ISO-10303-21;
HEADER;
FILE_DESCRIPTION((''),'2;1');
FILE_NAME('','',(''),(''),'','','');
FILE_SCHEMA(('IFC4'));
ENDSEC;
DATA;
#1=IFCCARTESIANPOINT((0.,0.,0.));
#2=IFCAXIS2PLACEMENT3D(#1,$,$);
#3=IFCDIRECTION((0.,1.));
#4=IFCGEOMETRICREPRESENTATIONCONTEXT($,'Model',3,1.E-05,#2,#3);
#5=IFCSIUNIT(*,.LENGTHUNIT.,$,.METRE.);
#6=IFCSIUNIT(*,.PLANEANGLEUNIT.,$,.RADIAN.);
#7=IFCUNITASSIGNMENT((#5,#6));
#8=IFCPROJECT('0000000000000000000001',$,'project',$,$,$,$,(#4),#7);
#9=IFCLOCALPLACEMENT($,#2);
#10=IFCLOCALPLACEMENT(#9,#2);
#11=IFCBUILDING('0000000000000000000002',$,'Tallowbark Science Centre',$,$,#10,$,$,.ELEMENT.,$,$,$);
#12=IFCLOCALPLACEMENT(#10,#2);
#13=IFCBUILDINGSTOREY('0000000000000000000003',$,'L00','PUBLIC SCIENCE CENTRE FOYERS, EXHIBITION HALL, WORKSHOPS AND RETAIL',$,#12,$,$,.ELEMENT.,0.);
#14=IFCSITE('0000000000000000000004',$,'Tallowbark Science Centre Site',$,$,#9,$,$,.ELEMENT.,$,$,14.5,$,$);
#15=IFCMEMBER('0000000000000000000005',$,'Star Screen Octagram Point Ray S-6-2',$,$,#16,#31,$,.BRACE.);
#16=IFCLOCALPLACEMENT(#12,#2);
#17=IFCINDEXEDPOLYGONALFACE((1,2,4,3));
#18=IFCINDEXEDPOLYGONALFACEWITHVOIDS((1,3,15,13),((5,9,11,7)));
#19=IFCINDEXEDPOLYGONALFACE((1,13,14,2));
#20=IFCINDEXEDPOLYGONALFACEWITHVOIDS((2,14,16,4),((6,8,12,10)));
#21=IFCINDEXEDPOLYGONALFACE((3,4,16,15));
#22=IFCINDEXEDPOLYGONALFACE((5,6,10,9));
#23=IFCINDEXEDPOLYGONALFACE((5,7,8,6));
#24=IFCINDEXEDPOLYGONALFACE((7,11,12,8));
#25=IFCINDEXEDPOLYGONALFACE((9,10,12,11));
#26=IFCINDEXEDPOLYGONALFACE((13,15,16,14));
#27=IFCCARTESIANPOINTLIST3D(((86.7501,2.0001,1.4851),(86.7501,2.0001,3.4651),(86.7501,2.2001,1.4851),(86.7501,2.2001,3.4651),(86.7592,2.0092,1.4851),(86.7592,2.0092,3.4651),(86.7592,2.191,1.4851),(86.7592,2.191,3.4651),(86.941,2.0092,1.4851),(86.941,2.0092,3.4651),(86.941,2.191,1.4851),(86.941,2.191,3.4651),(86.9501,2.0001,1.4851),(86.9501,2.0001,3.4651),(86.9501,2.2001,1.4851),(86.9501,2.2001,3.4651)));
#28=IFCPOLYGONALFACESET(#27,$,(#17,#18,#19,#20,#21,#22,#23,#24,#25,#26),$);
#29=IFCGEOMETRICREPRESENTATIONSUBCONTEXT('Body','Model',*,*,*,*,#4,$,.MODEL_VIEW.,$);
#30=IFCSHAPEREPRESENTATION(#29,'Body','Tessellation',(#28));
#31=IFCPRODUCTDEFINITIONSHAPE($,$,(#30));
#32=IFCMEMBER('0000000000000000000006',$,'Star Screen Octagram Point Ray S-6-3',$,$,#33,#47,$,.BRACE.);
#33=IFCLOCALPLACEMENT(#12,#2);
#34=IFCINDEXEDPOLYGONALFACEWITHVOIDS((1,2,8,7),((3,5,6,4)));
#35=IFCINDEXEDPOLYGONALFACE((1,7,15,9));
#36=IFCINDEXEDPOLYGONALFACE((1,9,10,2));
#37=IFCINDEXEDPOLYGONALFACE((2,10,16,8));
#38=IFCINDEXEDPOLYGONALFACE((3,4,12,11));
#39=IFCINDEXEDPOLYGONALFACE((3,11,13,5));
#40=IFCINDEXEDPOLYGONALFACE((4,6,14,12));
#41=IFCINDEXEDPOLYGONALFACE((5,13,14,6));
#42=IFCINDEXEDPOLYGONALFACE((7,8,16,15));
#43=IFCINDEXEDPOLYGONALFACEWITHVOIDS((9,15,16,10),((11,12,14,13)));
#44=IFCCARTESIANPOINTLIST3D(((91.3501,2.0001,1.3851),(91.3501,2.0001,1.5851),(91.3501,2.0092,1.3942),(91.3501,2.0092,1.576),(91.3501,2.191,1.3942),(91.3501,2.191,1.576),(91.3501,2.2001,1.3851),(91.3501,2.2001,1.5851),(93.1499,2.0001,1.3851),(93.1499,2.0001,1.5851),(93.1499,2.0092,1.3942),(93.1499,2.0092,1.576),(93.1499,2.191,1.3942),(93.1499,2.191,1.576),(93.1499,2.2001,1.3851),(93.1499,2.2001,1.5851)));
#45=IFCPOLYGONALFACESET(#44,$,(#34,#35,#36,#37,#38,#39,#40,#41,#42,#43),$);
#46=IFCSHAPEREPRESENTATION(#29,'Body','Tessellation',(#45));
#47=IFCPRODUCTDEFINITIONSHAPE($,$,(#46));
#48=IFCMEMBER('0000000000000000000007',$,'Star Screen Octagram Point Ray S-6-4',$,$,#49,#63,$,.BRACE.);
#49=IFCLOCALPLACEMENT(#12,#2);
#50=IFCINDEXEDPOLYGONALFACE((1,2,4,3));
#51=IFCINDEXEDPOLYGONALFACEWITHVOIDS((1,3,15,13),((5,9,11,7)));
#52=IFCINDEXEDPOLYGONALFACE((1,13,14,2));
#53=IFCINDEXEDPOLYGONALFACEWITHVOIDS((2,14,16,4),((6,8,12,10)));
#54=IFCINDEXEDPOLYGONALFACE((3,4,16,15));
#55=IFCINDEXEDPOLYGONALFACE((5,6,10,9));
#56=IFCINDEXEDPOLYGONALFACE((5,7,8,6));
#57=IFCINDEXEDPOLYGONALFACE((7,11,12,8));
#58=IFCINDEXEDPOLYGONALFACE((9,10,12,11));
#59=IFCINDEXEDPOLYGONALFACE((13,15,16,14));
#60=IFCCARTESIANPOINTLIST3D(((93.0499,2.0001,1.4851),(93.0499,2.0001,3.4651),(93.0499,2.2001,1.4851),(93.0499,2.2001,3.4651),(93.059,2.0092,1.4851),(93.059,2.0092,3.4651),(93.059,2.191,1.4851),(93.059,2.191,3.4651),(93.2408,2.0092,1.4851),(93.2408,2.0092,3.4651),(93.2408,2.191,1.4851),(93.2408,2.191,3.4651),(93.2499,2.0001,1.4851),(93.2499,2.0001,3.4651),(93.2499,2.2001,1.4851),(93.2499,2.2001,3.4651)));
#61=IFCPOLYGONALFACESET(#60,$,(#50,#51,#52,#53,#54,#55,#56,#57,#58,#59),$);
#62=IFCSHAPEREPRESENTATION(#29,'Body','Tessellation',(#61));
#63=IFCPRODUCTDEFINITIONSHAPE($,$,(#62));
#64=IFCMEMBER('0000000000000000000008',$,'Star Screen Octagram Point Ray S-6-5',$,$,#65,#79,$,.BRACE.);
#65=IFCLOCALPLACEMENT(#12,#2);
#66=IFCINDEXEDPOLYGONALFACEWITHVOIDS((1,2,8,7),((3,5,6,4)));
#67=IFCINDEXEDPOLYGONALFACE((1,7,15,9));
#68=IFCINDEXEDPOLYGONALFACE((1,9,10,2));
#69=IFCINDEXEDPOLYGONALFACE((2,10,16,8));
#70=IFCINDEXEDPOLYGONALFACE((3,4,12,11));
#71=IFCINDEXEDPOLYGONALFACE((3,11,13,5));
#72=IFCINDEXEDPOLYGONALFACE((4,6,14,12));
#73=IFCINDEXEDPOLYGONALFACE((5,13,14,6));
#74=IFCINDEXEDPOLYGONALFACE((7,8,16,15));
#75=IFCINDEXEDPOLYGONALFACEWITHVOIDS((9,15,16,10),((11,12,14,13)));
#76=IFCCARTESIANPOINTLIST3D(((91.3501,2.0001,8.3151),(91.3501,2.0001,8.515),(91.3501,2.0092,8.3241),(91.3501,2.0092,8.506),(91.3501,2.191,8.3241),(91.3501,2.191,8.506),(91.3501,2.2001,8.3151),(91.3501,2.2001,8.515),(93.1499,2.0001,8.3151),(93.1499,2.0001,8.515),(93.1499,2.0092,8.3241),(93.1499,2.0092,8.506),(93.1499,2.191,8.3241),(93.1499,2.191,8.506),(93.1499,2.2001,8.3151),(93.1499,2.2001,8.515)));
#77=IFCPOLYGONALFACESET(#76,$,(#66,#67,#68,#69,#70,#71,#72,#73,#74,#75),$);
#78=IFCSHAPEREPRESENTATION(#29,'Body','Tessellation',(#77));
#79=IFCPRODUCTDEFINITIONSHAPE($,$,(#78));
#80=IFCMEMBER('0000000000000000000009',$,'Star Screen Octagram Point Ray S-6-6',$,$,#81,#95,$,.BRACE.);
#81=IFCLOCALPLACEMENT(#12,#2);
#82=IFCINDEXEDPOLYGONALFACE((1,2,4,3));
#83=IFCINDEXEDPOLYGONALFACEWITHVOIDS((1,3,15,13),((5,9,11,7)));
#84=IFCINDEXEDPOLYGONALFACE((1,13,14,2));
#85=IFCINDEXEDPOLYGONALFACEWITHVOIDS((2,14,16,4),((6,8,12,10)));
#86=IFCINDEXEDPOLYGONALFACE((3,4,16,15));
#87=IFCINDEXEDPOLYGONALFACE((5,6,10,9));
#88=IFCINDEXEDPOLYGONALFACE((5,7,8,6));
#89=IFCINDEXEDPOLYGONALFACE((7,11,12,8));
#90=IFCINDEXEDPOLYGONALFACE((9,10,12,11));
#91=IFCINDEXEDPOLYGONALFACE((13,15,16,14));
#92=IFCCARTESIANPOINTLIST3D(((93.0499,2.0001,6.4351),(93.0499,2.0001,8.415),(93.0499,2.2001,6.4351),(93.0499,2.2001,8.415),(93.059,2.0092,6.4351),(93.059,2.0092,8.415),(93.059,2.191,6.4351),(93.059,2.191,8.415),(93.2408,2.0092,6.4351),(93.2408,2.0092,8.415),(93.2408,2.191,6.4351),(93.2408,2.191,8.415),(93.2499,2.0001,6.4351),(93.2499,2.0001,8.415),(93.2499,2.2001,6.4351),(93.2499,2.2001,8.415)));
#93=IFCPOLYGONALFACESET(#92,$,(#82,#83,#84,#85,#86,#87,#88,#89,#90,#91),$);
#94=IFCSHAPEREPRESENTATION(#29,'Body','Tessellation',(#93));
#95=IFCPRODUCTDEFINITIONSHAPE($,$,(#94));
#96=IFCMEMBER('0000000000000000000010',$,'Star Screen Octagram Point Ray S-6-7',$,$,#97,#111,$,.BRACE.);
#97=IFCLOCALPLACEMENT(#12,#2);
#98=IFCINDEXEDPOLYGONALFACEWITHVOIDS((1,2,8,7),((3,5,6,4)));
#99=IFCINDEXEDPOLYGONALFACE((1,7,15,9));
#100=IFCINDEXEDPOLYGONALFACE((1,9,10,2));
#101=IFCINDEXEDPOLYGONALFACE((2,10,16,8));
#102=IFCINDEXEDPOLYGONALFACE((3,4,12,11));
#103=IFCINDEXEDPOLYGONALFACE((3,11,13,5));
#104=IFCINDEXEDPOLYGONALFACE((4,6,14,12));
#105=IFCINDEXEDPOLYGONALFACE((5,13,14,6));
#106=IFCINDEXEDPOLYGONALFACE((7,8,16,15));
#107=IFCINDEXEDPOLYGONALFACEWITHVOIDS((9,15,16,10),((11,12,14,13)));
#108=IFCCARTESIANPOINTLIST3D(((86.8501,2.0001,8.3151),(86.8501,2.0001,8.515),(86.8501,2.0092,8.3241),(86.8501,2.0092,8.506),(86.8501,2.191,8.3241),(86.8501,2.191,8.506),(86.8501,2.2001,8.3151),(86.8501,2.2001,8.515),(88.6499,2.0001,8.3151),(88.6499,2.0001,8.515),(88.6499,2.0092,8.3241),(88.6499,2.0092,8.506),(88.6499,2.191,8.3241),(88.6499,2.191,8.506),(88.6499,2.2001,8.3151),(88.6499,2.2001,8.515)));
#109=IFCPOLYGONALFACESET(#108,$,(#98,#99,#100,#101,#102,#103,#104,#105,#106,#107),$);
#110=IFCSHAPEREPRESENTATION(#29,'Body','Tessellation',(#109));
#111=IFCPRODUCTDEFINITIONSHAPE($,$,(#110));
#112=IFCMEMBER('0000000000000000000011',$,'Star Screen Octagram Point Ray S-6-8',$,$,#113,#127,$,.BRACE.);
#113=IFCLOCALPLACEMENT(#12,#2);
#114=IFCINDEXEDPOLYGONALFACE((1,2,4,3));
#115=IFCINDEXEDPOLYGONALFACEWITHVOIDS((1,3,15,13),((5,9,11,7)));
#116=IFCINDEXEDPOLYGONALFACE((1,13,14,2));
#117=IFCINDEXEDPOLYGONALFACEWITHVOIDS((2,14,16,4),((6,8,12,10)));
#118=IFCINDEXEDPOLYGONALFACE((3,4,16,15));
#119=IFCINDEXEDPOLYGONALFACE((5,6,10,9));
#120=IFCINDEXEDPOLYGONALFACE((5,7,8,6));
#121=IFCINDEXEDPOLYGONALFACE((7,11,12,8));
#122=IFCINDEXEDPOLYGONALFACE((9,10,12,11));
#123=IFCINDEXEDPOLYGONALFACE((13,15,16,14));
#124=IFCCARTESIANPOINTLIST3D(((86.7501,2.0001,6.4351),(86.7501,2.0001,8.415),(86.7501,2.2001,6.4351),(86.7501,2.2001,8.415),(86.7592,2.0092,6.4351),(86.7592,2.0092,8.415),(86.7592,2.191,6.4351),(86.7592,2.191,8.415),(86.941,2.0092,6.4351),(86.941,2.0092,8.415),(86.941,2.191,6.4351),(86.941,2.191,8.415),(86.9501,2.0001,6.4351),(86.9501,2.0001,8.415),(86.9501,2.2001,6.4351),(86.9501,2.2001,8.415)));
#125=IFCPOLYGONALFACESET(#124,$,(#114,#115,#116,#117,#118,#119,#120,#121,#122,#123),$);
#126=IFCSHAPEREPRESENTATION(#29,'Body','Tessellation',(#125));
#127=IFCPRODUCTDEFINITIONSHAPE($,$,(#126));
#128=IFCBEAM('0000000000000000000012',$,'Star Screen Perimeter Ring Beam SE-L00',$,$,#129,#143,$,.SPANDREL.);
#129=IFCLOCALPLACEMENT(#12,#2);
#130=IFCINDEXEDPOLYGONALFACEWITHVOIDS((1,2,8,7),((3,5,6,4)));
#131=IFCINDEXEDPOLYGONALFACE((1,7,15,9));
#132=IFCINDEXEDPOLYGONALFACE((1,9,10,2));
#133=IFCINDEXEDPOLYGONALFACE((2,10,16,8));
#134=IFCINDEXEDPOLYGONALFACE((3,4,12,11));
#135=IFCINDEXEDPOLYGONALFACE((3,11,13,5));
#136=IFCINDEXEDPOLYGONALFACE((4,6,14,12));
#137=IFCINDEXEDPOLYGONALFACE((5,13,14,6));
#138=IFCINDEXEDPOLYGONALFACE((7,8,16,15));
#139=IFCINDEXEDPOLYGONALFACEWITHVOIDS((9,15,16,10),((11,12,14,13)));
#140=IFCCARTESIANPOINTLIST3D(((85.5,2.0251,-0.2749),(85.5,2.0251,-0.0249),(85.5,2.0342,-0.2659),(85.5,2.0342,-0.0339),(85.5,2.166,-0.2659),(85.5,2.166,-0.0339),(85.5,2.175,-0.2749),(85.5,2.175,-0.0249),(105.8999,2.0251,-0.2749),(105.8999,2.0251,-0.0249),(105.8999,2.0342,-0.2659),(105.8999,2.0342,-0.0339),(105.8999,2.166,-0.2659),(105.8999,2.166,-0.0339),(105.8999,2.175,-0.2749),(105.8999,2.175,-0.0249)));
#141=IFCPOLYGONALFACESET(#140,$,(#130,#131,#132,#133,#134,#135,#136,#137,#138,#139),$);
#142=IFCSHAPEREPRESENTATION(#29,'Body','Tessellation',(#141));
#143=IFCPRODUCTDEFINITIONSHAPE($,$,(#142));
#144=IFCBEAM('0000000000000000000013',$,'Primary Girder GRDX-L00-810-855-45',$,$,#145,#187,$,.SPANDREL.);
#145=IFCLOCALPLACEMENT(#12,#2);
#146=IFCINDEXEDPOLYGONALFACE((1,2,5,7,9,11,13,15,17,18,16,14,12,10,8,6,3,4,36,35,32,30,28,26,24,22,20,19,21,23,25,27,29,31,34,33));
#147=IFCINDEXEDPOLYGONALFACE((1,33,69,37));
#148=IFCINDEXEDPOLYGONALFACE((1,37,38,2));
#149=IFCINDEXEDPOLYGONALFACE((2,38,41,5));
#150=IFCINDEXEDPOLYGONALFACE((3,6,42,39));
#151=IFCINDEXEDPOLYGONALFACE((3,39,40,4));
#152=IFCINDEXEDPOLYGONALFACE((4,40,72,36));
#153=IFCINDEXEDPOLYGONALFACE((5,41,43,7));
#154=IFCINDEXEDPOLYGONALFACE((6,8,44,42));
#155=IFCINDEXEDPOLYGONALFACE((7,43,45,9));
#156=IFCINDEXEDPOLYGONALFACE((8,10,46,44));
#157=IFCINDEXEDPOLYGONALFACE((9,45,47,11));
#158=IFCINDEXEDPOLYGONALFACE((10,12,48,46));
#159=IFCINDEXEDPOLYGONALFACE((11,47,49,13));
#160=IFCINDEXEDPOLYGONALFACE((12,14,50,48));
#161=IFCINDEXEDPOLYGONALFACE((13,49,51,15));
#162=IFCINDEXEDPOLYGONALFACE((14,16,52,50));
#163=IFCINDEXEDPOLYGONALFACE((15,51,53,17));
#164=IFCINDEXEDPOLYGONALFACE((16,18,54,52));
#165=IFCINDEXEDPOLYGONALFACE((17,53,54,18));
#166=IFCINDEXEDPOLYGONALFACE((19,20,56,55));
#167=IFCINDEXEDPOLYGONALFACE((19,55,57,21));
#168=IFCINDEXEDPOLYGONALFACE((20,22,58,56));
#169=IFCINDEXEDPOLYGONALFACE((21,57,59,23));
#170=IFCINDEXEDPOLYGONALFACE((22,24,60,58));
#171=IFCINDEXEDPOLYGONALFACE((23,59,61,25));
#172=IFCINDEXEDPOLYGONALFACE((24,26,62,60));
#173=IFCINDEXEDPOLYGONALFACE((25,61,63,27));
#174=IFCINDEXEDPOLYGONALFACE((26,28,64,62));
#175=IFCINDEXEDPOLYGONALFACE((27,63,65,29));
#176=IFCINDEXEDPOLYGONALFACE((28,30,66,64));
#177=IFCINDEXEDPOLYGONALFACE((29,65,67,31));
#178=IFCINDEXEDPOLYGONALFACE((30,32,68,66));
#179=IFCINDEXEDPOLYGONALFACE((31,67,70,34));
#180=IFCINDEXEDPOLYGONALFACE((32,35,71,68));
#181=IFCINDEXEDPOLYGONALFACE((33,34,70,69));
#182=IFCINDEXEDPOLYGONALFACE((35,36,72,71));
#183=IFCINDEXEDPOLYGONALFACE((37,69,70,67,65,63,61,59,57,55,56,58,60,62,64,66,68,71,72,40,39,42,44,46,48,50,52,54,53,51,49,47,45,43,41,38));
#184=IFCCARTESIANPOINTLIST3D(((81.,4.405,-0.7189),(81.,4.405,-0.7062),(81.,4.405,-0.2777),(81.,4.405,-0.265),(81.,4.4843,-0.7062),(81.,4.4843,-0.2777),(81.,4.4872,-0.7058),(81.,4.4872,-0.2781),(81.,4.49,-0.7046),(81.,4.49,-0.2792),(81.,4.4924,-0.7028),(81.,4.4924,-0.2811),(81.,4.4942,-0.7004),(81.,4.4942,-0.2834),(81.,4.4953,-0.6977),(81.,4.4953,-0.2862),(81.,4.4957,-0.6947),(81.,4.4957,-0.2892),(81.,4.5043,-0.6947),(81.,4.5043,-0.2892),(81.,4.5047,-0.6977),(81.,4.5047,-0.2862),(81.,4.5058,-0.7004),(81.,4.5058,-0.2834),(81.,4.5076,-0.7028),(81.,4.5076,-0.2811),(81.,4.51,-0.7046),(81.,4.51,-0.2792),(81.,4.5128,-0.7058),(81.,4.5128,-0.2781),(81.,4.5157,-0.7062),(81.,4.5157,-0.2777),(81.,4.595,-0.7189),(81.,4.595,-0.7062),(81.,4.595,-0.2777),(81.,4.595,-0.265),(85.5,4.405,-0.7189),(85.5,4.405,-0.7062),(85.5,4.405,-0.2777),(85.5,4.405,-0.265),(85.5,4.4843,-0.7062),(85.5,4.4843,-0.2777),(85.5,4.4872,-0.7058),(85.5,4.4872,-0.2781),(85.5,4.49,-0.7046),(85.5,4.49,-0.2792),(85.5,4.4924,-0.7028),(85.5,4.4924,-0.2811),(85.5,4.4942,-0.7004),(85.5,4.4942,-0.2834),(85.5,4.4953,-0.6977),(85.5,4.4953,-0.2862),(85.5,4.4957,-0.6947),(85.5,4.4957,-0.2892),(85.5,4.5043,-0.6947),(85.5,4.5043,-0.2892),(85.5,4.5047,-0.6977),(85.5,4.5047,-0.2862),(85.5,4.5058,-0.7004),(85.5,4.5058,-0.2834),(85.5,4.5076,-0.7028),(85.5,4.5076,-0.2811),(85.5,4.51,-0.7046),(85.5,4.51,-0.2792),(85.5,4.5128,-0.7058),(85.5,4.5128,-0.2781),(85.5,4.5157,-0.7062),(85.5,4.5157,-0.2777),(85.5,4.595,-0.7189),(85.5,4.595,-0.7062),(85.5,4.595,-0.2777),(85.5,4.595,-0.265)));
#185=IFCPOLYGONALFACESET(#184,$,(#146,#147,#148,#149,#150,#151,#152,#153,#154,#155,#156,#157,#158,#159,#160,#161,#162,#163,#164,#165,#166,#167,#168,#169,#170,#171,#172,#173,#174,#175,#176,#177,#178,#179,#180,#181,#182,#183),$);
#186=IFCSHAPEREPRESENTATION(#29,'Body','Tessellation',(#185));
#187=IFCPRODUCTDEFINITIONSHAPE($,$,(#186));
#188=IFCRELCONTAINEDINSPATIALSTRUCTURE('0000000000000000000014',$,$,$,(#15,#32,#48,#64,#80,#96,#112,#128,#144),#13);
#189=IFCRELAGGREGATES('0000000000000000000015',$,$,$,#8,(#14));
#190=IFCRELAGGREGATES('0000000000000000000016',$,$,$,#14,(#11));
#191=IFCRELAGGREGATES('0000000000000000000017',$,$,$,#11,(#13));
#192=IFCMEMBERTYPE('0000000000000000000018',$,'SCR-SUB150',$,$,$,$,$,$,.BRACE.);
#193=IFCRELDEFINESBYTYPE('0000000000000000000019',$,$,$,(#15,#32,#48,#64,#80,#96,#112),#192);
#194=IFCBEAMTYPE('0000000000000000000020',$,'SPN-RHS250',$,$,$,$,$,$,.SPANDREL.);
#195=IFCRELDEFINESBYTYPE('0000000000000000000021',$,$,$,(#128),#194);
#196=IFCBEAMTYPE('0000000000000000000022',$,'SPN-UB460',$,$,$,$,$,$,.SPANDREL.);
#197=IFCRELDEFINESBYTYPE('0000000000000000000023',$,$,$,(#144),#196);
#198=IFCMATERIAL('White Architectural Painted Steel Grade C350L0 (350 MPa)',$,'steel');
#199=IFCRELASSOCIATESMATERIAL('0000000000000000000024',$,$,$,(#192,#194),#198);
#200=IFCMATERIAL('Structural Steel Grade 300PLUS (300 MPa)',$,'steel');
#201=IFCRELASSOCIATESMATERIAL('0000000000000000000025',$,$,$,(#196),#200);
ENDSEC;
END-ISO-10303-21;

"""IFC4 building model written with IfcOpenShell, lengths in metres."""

from ifc_helpers import new_model, si_unit, direction, frame, origin, origin_2d, place, context, subcontext, project, spatial, hollow_rectangle, i_section, extrude, material, material_profile, profile_set, type_object, element, save


model = new_model("IFC4")

# Units and contexts
model_context = context("Model", 3, precision=1e-05, world=origin(), true_north=direction((0.0, 1.0)))
body_context = subcontext(model_context, "Body", "Model", "MODEL_VIEW")
ifc_project = project(units=[si_unit("LENGTHUNIT", "METRE"), si_unit("PLANEANGLEUNIT", "RADIAN")], contexts=[model_context])

# Site, building, storey
site_placement = place(None, origin())
site = spatial("IfcSite", under=ifc_project, at=site_placement, Name="Tallowbark Science Centre Site", CompositionType="ELEMENT", RefElevation=14.5)
building_placement = place(site_placement, origin())
building = spatial("IfcBuilding", under=site, at=building_placement, Name="Tallowbark Science Centre", CompositionType="ELEMENT")
storey_placement = place(building_placement, origin())
storey = spatial("IfcBuildingStorey", under=building, at=storey_placement, Name="L00", Description="PUBLIC SCIENCE CENTRE FOYERS, EXHIBITION HALL, WORKSHOPS AND RETAIL", CompositionType="ELEMENT", Elevation=0.0)

# Shared definitions
ifc_material_1 = material(Name="White Architectural Painted Steel Grade C350L0 (350 MPa)", Category="steel")
ifc_material_2 = material(Name="Structural Steel Grade 300PLUS (300 MPa)", Category="steel")

# Members
ifc_material_profile_1 = material_profile(ifc_material_1, hollow_rectangle(XDim=0.2, YDim=0.2, WallThickness=0.009, at=origin_2d()), Name="200x200x9.0SHS")
ifc_profile_set_1 = profile_set([ifc_material_profile_1], Name="White Architectural Painted Steel Grade C350L0 (350 MPa)")
member_type_1 = type_object("IfcMemberType", Name="SCR-SUB150", PredefinedType="BRACE", material=ifc_profile_set_1)
member_1_placement = place(storey_placement, frame((86.8501, 2.1001, 1.4851), z_axis=(0.0, 0.0, 1.0), x_axis=(1.0, 0.0, 0.0)))
element("IfcMember", 1, at=member_1_placement, inside=storey, type_object=member_type_1, Name="Star Screen Octagram Point Ray S-6-2", PredefinedType="BRACE", context=body_context, shape_type="SweptSolid", body=[
    extrude(hollow_rectangle(XDim=0.2, YDim=0.2, WallThickness=0.009, at=origin_2d()), origin(), (0.0, 0.0, 1.0), 1.98),
])
member_2_placement = place(storey_placement, frame((93.1499, 2.1001, 1.4851), z_axis=(-1.0, 0.0, 0.0), x_axis=(0.0, -1.0, 0.0)))
element("IfcMember", 2, at=member_2_placement, inside=storey, type_object=member_type_1, Name="Star Screen Octagram Point Ray S-6-3", PredefinedType="BRACE", context=body_context, shape_type="SweptSolid", body=[
    extrude(hollow_rectangle(XDim=0.2, YDim=0.2, WallThickness=0.009, at=origin_2d()), origin(), (0.0, 0.0, 1.0), 1.7998),
])
member_3_placement = place(storey_placement, frame((93.1499, 2.1001, 1.4851), z_axis=(0.0, 0.0, 1.0), x_axis=(1.0, 0.0, 0.0)))
element("IfcMember", 3, at=member_3_placement, inside=storey, type_object=member_type_1, Name="Star Screen Octagram Point Ray S-6-4", PredefinedType="BRACE", context=body_context, shape_type="SweptSolid", body=[
    extrude(hollow_rectangle(XDim=0.2, YDim=0.2, WallThickness=0.009, at=origin_2d()), origin(), (0.0, 0.0, 1.0), 1.98),
])
member_4_placement = place(storey_placement, frame((93.1499, 2.1001, 8.415), z_axis=(-1.0, 0.0, 0.0), x_axis=(0.0, -1.0, 0.0)))
element("IfcMember", 4, at=member_4_placement, inside=storey, type_object=member_type_1, Name="Star Screen Octagram Point Ray S-6-5", PredefinedType="BRACE", context=body_context, shape_type="SweptSolid", body=[
    extrude(hollow_rectangle(XDim=0.2, YDim=0.2, WallThickness=0.009, at=origin_2d()), origin(), (0.0, 0.0, 1.0), 1.7998),
])
member_5_placement = place(storey_placement, frame((93.1499, 2.1001, 8.415), z_axis=(0.0, 0.0, -1.0), x_axis=(1.0, 0.0, 0.0)))
element("IfcMember", 5, at=member_5_placement, inside=storey, type_object=member_type_1, Name="Star Screen Octagram Point Ray S-6-6", PredefinedType="BRACE", context=body_context, shape_type="SweptSolid", body=[
    extrude(hollow_rectangle(XDim=0.2, YDim=0.2, WallThickness=0.009, at=origin_2d()), origin(), (0.0, 0.0, 1.0), 1.98),
])
member_6_placement = place(storey_placement, frame((86.8501, 2.1001, 8.415), z_axis=(1.0, 0.0, 0.0), x_axis=(0.0, 1.0, 0.0)))
element("IfcMember", 6, at=member_6_placement, inside=storey, type_object=member_type_1, Name="Star Screen Octagram Point Ray S-6-7", PredefinedType="BRACE", context=body_context, shape_type="SweptSolid", body=[
    extrude(hollow_rectangle(XDim=0.2, YDim=0.2, WallThickness=0.009, at=origin_2d()), origin(), (0.0, 0.0, 1.0), 1.7998),
])
member_7_placement = place(storey_placement, frame((86.8501, 2.1001, 8.415), z_axis=(0.0, 0.0, -1.0), x_axis=(1.0, 0.0, 0.0)))
element("IfcMember", 7, at=member_7_placement, inside=storey, type_object=member_type_1, Name="Star Screen Octagram Point Ray S-6-8", PredefinedType="BRACE", context=body_context, shape_type="SweptSolid", body=[
    extrude(hollow_rectangle(XDim=0.2, YDim=0.2, WallThickness=0.009, at=origin_2d()), origin(), (0.0, 0.0, 1.0), 1.98),
])

# Beams
ifc_material_profile_2 = material_profile(ifc_material_1, hollow_rectangle(XDim=0.1499, YDim=0.25, WallThickness=0.009, at=origin_2d()), Name="250x150x9.0RHS")
ifc_profile_set_2 = profile_set([ifc_material_profile_2], Name="White Architectural Painted Steel Grade C350L0 (350 MPa)")
beam_type_1 = type_object("IfcBeamType", Name="SPN-RHS250", PredefinedType="SPANDREL", material=ifc_profile_set_2)
beam_placement = place(storey_placement, frame((85.5, 2.1001, -0.1499), z_axis=(1.0, 0.0, 0.0), x_axis=(0.0, 1.0, 0.0)))
element("IfcBeam", 8, at=beam_placement, inside=storey, type_object=beam_type_1, Name="Star Screen Perimeter Ring Beam SE-L00", PredefinedType="SPANDREL", context=body_context, shape_type="SweptSolid", body=[
    extrude(hollow_rectangle(XDim=0.1499, YDim=0.25, WallThickness=0.009, at=origin_2d()), origin(), (0.0, 0.0, 1.0), 20.3999),
])
ifc_material_profile_3 = material_profile(ifc_material_2, i_section(OverallWidth=0.1899, OverallDepth=0.4539, WebThickness=0.0085, FlangeThickness=0.0127, FilletRadius=0.0115, at=origin_2d()), Name="460UB67.1")
ifc_profile_set_3 = profile_set([ifc_material_profile_3], Name="Structural Steel Grade 300PLUS (300 MPa)")
beam_type_2 = type_object("IfcBeamType", Name="SPN-UB460", PredefinedType="SPANDREL", material=ifc_profile_set_3)
for number, where, z_axis, x_axis, name in (
    (9, (81.0, 4.5, -0.4919), (1.0, 0.0, 0.0), (0.0, 1.0, 0.0), "Primary Girder GRDX-L00-810-855-45"),
):
    element("IfcBeam", number, at=place(storey_placement, frame(where, z_axis=z_axis, x_axis=x_axis)), inside=storey, type_object=beam_type_2, Name=name, PredefinedType="SPANDREL", context=body_context, shape_type="SweptSolid", body=[
        extrude(i_section(OverallWidth=0.1899, OverallDepth=0.4539, WebThickness=0.0085, FlangeThickness=0.0127, FilletRadius=0.0115, at=origin_2d()), origin(), (0.0, 0.0, 1.0), 4.5),
    ])

save(model, "model.ifc")
